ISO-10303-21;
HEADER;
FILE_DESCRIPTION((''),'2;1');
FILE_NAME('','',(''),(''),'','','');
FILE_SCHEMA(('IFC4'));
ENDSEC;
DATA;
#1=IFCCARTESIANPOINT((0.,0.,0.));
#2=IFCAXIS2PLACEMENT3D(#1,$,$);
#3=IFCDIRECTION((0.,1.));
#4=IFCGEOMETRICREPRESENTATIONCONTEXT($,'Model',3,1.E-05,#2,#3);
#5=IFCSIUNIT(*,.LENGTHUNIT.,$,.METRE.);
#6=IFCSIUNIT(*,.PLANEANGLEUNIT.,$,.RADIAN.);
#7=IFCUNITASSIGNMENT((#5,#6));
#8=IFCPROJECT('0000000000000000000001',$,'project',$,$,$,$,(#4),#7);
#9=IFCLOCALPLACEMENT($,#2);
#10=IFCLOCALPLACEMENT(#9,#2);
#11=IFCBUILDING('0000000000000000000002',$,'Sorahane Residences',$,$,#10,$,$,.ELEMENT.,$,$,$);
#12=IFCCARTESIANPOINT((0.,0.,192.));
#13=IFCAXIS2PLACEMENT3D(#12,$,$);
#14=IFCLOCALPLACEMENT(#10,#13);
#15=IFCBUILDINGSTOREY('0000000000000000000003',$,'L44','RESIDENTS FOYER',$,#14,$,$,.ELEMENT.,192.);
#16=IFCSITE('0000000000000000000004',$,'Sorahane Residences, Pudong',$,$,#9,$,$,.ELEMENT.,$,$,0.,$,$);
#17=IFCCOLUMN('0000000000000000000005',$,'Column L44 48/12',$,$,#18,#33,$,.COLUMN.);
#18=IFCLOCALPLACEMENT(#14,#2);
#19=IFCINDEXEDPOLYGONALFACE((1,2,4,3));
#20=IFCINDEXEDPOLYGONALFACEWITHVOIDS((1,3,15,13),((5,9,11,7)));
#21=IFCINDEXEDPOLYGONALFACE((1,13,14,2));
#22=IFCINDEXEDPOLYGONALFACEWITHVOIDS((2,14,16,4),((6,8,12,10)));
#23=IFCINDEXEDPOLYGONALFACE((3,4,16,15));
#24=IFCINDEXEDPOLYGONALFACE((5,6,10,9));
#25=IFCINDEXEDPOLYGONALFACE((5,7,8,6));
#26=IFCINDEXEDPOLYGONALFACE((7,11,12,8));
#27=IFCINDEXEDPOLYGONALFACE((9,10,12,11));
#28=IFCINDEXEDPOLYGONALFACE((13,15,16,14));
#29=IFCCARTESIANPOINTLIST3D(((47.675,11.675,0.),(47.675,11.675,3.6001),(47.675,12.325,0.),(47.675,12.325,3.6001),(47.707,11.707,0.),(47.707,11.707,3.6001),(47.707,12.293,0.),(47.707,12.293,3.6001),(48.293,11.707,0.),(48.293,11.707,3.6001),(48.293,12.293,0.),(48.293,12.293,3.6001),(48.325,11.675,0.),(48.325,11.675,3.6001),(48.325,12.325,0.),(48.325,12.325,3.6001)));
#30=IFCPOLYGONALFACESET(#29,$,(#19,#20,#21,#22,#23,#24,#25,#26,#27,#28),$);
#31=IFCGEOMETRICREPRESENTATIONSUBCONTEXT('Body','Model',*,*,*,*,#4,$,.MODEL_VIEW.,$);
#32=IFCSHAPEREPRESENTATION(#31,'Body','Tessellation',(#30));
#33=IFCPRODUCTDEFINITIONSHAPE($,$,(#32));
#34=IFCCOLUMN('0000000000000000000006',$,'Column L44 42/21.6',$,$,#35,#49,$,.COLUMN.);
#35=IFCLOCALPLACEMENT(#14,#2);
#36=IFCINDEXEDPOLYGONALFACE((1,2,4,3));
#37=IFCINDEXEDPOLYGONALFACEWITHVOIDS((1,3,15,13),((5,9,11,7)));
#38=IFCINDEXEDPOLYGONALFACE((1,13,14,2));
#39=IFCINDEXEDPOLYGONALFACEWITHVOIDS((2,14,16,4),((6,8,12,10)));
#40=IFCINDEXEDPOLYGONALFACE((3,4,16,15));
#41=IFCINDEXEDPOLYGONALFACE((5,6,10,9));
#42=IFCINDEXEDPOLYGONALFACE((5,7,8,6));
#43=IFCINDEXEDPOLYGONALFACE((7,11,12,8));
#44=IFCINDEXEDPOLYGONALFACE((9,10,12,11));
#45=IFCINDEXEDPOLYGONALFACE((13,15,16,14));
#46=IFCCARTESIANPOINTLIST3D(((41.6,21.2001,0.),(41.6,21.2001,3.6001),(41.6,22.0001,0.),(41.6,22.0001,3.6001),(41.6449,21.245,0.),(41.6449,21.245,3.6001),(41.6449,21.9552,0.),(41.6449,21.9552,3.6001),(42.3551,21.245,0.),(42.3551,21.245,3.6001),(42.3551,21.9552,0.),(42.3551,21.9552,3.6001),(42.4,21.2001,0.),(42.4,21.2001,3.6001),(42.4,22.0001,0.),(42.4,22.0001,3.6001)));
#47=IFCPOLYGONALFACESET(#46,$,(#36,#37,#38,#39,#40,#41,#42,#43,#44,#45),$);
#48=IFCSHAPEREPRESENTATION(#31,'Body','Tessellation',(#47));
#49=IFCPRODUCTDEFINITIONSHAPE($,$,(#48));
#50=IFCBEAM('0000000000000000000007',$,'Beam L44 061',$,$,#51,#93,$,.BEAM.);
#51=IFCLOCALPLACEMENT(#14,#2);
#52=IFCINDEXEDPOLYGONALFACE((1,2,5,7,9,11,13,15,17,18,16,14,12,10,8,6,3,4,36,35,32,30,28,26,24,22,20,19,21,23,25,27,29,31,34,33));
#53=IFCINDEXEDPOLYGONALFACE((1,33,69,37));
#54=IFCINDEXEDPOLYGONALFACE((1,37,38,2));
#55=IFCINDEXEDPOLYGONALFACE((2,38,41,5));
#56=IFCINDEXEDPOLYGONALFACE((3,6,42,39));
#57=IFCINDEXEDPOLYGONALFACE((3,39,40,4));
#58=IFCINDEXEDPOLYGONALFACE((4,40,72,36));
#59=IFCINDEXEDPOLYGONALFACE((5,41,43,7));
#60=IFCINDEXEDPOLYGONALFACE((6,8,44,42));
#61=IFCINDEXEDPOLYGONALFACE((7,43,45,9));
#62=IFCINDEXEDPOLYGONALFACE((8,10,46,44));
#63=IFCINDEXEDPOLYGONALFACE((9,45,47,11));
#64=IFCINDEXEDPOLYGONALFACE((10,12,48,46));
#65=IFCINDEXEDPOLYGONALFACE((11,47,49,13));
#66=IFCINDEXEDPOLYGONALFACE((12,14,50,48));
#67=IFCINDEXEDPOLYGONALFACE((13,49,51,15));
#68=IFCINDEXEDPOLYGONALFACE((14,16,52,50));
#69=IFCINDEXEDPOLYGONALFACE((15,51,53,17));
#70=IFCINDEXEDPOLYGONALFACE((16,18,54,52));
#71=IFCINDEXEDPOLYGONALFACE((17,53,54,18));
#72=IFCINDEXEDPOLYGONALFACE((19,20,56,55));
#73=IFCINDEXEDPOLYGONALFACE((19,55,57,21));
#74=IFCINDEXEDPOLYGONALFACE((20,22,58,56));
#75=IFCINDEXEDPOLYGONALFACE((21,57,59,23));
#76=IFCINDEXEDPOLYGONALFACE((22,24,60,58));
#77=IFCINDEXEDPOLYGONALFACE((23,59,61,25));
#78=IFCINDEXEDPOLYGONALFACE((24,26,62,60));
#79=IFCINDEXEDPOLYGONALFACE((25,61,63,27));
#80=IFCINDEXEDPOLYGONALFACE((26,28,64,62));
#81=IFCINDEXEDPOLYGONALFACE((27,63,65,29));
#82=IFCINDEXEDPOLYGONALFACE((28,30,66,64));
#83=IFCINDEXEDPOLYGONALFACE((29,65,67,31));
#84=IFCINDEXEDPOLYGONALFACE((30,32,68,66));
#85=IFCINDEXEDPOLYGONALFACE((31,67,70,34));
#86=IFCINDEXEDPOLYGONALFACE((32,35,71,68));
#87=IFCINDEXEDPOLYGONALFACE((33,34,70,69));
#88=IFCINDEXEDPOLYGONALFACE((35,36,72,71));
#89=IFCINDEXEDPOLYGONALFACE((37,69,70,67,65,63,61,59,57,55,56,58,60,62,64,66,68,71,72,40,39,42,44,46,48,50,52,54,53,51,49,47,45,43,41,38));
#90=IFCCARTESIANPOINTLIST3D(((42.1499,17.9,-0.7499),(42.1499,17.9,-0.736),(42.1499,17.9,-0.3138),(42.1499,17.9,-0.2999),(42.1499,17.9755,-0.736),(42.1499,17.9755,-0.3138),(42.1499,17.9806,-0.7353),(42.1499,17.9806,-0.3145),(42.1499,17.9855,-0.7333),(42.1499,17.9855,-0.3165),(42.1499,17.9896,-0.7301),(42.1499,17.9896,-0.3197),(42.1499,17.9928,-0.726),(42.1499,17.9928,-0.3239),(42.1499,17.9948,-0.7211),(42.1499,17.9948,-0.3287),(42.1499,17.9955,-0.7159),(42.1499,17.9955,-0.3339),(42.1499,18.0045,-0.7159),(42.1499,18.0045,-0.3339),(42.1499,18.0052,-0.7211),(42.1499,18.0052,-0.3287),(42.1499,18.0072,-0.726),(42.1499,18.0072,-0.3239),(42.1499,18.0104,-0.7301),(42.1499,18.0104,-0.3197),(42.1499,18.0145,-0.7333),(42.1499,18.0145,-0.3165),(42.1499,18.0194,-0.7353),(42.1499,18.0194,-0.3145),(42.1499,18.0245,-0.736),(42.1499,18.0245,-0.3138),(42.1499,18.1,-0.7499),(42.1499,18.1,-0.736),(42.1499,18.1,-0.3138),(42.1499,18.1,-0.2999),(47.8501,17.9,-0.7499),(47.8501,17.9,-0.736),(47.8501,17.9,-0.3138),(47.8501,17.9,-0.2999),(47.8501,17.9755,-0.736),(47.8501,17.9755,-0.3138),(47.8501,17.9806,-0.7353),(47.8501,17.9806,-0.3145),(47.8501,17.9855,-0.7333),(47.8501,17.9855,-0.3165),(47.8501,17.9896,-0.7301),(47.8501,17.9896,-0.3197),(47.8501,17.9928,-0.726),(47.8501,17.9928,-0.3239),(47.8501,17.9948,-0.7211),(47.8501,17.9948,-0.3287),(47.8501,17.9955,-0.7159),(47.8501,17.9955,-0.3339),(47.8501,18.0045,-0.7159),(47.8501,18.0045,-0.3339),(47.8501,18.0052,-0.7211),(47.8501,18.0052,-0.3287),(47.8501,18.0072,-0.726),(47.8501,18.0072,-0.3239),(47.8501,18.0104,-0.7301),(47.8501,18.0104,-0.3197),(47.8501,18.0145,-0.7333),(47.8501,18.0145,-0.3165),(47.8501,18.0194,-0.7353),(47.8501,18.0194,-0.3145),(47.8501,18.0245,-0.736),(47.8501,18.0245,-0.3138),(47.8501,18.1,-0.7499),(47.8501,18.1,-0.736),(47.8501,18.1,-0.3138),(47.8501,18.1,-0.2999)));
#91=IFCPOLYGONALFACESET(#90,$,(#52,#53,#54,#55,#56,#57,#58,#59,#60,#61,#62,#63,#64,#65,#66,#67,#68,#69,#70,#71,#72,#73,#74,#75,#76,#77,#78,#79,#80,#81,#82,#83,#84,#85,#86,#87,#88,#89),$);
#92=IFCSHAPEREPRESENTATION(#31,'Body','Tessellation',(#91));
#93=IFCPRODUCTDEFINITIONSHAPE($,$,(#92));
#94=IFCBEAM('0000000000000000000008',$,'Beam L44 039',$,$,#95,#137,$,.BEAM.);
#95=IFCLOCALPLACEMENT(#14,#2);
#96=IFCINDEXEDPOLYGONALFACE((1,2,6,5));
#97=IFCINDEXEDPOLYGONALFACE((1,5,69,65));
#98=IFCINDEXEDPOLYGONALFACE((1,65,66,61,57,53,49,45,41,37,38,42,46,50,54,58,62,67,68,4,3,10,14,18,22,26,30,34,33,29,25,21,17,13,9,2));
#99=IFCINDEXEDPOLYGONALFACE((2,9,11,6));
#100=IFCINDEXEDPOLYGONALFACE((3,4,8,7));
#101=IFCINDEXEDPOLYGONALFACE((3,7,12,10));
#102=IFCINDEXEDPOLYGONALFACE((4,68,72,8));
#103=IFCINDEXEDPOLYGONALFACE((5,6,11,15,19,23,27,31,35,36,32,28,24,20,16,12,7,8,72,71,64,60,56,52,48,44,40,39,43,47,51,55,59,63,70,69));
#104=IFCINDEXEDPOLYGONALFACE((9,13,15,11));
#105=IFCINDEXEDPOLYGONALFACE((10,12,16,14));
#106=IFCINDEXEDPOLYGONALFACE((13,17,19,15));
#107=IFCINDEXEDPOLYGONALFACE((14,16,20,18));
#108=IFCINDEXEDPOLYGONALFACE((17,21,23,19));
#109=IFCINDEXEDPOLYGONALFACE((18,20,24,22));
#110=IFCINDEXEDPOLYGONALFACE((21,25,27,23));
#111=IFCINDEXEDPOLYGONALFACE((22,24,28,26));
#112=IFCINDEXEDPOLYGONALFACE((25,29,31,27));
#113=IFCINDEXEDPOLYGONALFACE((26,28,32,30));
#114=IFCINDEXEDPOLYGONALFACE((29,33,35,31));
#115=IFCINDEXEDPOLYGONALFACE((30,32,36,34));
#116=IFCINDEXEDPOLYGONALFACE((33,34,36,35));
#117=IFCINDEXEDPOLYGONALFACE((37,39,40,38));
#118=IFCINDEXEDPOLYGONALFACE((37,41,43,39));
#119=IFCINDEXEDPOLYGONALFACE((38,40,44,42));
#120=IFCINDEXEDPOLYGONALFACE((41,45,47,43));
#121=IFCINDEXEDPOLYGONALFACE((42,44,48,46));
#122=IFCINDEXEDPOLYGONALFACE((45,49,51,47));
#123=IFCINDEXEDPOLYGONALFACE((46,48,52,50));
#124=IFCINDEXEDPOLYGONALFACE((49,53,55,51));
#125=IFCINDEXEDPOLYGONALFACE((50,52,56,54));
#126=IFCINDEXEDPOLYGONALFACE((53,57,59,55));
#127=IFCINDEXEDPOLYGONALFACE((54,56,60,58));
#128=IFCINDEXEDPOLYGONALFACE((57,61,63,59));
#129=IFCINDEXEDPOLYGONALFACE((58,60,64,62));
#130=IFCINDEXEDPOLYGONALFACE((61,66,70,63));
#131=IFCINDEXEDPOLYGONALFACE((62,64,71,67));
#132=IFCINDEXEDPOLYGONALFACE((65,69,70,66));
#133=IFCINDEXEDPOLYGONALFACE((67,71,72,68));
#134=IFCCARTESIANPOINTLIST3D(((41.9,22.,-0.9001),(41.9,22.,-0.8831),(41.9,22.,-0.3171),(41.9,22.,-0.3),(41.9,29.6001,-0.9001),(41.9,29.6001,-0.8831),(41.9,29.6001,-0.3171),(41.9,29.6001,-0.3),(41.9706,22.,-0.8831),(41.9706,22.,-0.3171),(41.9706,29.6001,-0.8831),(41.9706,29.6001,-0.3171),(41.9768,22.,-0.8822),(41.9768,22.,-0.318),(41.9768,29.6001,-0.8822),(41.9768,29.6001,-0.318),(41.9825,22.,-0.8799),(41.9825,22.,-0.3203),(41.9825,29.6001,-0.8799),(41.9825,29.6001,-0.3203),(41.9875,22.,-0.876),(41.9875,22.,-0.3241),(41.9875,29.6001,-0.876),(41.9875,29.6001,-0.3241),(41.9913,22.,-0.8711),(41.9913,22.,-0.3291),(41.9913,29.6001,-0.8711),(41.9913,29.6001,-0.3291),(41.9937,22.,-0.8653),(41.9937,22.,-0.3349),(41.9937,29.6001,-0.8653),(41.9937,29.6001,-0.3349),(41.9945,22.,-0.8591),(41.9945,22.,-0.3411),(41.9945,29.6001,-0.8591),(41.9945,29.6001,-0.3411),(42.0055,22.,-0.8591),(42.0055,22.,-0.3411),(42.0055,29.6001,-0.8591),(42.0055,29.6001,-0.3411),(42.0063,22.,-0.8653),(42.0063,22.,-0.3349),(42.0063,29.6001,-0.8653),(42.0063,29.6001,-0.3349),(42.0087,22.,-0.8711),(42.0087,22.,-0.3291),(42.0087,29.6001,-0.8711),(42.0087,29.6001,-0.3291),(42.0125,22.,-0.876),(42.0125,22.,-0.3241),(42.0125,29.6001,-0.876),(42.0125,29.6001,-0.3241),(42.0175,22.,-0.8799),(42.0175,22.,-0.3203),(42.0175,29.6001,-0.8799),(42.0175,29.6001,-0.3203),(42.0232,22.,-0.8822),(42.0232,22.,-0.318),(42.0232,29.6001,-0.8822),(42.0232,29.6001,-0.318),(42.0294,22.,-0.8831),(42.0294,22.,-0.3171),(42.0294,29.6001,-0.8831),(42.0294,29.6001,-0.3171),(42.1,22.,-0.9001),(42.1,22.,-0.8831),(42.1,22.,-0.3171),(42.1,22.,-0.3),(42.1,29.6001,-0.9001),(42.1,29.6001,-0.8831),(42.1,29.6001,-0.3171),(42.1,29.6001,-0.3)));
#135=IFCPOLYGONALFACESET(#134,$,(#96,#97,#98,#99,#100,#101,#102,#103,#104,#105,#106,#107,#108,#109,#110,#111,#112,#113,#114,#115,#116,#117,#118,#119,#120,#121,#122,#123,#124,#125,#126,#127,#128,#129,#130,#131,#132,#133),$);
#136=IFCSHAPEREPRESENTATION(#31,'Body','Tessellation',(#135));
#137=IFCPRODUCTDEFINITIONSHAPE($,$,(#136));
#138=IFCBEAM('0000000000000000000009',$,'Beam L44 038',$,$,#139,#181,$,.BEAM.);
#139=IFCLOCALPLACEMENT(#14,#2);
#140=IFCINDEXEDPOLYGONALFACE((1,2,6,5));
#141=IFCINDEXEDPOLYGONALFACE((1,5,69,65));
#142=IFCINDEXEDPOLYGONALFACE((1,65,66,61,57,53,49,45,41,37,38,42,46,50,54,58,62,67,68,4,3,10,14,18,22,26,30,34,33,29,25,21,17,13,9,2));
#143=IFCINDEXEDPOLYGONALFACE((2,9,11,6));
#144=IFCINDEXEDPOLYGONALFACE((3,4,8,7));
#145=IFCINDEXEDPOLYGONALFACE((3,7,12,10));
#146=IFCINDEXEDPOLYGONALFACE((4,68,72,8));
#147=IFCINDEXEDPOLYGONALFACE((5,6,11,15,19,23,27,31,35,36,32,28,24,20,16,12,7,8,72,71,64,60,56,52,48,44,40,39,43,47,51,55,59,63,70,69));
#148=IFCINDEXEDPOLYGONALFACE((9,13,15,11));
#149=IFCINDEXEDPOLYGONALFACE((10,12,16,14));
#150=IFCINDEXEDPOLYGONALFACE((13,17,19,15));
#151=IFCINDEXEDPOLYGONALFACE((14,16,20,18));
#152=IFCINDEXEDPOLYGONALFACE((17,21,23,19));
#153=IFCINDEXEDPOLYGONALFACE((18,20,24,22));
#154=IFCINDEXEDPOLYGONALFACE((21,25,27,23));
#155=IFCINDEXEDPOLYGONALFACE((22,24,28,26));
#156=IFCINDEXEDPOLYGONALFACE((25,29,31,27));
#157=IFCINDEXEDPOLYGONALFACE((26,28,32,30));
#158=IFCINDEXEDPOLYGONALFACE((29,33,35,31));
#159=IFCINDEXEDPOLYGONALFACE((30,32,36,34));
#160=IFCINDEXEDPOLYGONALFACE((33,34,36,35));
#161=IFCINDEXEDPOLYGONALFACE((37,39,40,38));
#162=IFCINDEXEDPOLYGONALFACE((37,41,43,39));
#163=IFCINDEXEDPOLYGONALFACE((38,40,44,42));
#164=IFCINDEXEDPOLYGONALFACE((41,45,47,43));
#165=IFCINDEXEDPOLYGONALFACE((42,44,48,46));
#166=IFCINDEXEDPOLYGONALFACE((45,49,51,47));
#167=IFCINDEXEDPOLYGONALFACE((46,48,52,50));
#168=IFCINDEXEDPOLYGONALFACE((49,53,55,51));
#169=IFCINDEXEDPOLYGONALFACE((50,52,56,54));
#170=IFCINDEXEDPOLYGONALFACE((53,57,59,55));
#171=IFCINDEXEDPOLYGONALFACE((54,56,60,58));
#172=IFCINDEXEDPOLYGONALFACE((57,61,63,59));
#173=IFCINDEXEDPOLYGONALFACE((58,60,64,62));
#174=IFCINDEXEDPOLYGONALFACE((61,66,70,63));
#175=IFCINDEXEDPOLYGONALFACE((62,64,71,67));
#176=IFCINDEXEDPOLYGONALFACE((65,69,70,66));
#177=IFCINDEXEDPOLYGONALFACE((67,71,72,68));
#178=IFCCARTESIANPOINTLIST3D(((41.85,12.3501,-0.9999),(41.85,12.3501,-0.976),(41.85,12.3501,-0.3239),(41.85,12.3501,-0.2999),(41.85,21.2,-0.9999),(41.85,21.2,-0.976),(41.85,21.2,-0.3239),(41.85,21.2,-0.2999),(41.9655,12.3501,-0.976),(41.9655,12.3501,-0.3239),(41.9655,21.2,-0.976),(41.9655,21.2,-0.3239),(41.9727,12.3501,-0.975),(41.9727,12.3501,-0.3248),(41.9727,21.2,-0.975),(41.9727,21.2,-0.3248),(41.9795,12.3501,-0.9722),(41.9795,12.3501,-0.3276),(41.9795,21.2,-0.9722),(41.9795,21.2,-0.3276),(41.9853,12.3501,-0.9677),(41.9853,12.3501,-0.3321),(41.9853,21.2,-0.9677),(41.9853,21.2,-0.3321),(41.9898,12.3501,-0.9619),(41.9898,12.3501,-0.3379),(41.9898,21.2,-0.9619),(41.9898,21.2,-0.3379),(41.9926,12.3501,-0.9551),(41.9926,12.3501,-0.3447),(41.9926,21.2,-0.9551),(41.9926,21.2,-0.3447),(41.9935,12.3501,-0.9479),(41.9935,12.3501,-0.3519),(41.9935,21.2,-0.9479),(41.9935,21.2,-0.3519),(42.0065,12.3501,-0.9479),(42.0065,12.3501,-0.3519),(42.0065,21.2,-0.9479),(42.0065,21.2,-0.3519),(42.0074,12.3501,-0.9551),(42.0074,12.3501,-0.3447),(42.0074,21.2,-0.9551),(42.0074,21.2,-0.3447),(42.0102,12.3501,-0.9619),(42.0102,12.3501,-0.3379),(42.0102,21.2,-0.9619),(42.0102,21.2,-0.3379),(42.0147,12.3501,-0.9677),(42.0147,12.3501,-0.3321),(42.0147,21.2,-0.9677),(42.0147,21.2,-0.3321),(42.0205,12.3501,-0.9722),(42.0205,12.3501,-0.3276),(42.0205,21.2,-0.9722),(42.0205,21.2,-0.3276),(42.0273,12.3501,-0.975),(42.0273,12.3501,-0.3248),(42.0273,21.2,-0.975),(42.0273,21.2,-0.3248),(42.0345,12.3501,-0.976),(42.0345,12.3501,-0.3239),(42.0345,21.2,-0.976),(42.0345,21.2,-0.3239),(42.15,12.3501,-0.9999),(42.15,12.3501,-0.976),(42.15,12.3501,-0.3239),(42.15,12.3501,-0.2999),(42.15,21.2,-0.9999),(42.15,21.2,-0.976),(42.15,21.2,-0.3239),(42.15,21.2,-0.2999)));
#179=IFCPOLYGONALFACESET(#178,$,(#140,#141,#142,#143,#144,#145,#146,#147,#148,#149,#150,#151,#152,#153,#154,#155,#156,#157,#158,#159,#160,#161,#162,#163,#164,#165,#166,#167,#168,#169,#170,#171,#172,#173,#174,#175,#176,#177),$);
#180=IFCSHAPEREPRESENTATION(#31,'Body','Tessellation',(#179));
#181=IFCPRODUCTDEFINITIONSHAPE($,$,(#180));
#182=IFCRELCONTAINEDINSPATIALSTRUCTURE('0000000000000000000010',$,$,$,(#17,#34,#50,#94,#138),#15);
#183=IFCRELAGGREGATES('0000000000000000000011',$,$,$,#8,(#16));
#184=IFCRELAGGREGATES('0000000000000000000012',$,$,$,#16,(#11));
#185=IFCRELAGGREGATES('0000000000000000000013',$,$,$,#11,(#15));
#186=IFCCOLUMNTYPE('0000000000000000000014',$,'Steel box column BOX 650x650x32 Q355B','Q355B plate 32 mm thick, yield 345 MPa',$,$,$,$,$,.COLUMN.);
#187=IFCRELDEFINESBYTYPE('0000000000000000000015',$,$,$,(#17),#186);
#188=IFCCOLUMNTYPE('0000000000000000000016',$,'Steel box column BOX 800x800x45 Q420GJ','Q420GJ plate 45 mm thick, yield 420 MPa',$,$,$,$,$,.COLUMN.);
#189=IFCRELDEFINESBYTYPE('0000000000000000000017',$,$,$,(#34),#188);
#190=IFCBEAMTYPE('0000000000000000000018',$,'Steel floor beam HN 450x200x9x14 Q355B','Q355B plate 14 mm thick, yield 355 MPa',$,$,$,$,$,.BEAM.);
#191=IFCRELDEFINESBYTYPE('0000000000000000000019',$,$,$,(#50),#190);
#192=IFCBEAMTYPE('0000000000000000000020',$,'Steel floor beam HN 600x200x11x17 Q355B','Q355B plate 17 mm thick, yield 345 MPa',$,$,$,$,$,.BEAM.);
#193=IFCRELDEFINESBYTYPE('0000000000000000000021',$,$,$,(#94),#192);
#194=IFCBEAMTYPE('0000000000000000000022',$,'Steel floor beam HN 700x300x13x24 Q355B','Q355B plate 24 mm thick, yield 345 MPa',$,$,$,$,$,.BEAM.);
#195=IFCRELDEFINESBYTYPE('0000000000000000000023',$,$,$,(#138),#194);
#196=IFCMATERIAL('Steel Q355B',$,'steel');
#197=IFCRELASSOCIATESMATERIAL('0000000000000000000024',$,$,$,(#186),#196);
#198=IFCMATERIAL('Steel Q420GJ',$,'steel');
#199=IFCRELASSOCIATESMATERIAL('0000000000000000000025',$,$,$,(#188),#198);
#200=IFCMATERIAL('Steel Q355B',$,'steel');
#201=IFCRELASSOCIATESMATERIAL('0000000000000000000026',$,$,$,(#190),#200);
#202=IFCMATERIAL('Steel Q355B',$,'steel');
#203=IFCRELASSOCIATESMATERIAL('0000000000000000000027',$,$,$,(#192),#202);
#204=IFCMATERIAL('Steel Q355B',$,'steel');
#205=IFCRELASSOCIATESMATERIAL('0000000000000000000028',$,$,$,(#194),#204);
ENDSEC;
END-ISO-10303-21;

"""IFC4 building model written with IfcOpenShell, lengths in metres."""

from ifc_helpers import new_model, si_unit, direction, frame, origin, origin_2d, place, context, subcontext, project, spatial, hollow_rectangle, i_section, extrude, material, material_profile, profile_set, type_object, element, save


model = new_model("IFC4")

# Units and contexts
model_context = context("Model", 3, precision=1e-05, world=origin(), true_north=direction((0.0, 1.0)))
body_context = subcontext(model_context, "Body", "Model", "MODEL_VIEW")
ifc_project = project(units=[si_unit("LENGTHUNIT", "METRE"), si_unit("PLANEANGLEUNIT", "RADIAN")], contexts=[model_context])

# Site, building, storey
site_placement = place(None, origin())
site = spatial("IfcSite", under=ifc_project, at=site_placement, Name="Sorahane Residences, Pudong", CompositionType="ELEMENT", RefElevation=0.0)
building_placement = place(site_placement, origin())
building = spatial("IfcBuilding", under=site, at=building_placement, Name="Sorahane Residences", CompositionType="ELEMENT")
storey_placement = place(building_placement, frame((0.0, 0.0, 192.0)))
storey = spatial("IfcBuildingStorey", under=building, at=storey_placement, Name="L44", Description="RESIDENTS FOYER", CompositionType="ELEMENT", Elevation=192.0)

# Columns
ifc_material_1 = material(Name="Steel Q355B", Category="steel")
ifc_material_profile_1 = material_profile(ifc_material_1, hollow_rectangle(XDim=0.6499, YDim=0.6499, WallThickness=0.032, at=origin_2d()), Name="BOX 650x650x32")
ifc_profile_set_1 = profile_set([ifc_material_profile_1], Name="Steel Q355B")
column_type_1 = type_object("IfcColumnType", Name="Steel box column BOX 650x650x32 Q355B", Description="Q355B plate 32 mm thick, yield 345 MPa", PredefinedType="COLUMN", material=ifc_profile_set_1)
column_1_placement = place(storey_placement, frame((48.0, 12.0, 0.0), z_axis=(0.0, 0.0, 1.0), x_axis=(1.0, 0.0, 0.0)))
element("IfcColumn", 1, at=column_1_placement, inside=storey, type_object=column_type_1, Name="Column L44 48/12", PredefinedType="COLUMN", context=body_context, shape_type="SweptSolid", body=[
    extrude(hollow_rectangle(XDim=0.6499, YDim=0.6499, WallThickness=0.032, at=origin_2d()), origin(), (0.0, 0.0, 1.0), 3.6001),
])
ifc_material_2 = material(Name="Steel Q420GJ", Category="steel")
ifc_material_profile_2 = material_profile(ifc_material_2, hollow_rectangle(XDim=0.8, YDim=0.8, WallThickness=0.0449, at=origin_2d()), Name="BOX 800x800x45")
ifc_profile_set_2 = profile_set([ifc_material_profile_2], Name="Steel Q420GJ")
column_type_2 = type_object("IfcColumnType", Name="Steel box column BOX 800x800x45 Q420GJ", Description="Q420GJ plate 45 mm thick, yield 420 MPa", PredefinedType="COLUMN", material=ifc_profile_set_2)
column_2_placement = place(storey_placement, frame((42.0, 21.6001, 0.0), z_axis=(0.0, 0.0, 1.0), x_axis=(1.0, 0.0, 0.0)))
element("IfcColumn", 2, at=column_2_placement, inside=storey, type_object=column_type_2, Name="Column L44 42/21.6", PredefinedType="COLUMN", context=body_context, shape_type="SweptSolid", body=[
    extrude(hollow_rectangle(XDim=0.8, YDim=0.8, WallThickness=0.0449, at=origin_2d()), origin(), (0.0, 0.0, 1.0), 3.6001),
])

# Beams
ifc_material_3 = material(Name="Steel Q355B", Category="steel")
ifc_material_profile_3 = material_profile(ifc_material_3, i_section(OverallWidth=0.2, OverallDepth=0.45, WebThickness=0.009, FlangeThickness=0.0139, FilletRadius=0.02, at=origin_2d()), Name="HN 450x200x9x14")
ifc_profile_set_3 = profile_set([ifc_material_profile_3], Name="Steel Q355B")
beam_type_1 = type_object("IfcBeamType", Name="Steel floor beam HN 450x200x9x14 Q355B", Description="Q355B plate 14 mm thick, yield 355 MPa", PredefinedType="BEAM", material=ifc_profile_set_3)
beam_1_placement = place(storey_placement, frame((42.1499, 18.0, -0.5249), z_axis=(1.0, 0.0, 0.0), x_axis=(0.0, 1.0, 0.0)))
element("IfcBeam", 3, at=beam_1_placement, inside=storey, type_object=beam_type_1, Name="Beam L44 061", PredefinedType="BEAM", context=body_context, shape_type="SweptSolid", body=[
    extrude(i_section(OverallWidth=0.2, OverallDepth=0.45, WebThickness=0.009, FlangeThickness=0.0139, FilletRadius=0.02, at=origin_2d()), origin(), (0.0, 0.0, 1.0), 5.7002),
])
ifc_material_4 = material(Name="Steel Q355B", Category="steel")
ifc_material_profile_4 = material_profile(ifc_material_4, i_section(OverallWidth=0.2, OverallDepth=0.6001, WebThickness=0.011, FlangeThickness=0.0171, FilletRadius=0.0239, at=origin_2d()), Name="HN 600x200x11x17")
ifc_profile_set_4 = profile_set([ifc_material_profile_4], Name="Steel Q355B")
beam_type_2 = type_object("IfcBeamType", Name="Steel floor beam HN 600x200x11x17 Q355B", Description="Q355B plate 17 mm thick, yield 345 MPa", PredefinedType="BEAM", material=ifc_profile_set_4)
beam_2_placement = place(storey_placement, frame((42.0, 22.0, -0.6001), z_axis=(0.0, 1.0, 0.0), x_axis=(-1.0, 0.0, 0.0)))
element("IfcBeam", 4, at=beam_2_placement, inside=storey, type_object=beam_type_2, Name="Beam L44 039", PredefinedType="BEAM", context=body_context, shape_type="SweptSolid", body=[
    extrude(i_section(OverallWidth=0.2, OverallDepth=0.6001, WebThickness=0.011, FlangeThickness=0.0171, FilletRadius=0.0239, at=origin_2d()), origin(), (0.0, 0.0, 1.0), 7.6001),
])
ifc_material_5 = material(Name="Steel Q355B", Category="steel")
ifc_material_profile_5 = material_profile(ifc_material_5, i_section(OverallWidth=0.3, OverallDepth=0.7, WebThickness=0.0129, FlangeThickness=0.0239, FilletRadius=0.0281, at=origin_2d()), Name="HN 700x300x13x24")
ifc_profile_set_5 = profile_set([ifc_material_profile_5], Name="Steel Q355B")
beam_type_3 = type_object("IfcBeamType", Name="Steel floor beam HN 700x300x13x24 Q355B", Description="Q355B plate 24 mm thick, yield 345 MPa", PredefinedType="BEAM", material=ifc_profile_set_5)
beam_3_placement = place(storey_placement, frame((42.0, 12.3501, -0.6499), z_axis=(0.0, 1.0, 0.0), x_axis=(-1.0, 0.0, 0.0)))
element("IfcBeam", 5, at=beam_3_placement, inside=storey, type_object=beam_type_3, Name="Beam L44 038", PredefinedType="BEAM", context=body_context, shape_type="SweptSolid", body=[
    extrude(i_section(OverallWidth=0.3, OverallDepth=0.7, WebThickness=0.0129, FlangeThickness=0.0239, FilletRadius=0.0281, at=origin_2d()), origin(), (0.0, 0.0, 1.0), 8.8499),
])

save(model, "model.ifc")
